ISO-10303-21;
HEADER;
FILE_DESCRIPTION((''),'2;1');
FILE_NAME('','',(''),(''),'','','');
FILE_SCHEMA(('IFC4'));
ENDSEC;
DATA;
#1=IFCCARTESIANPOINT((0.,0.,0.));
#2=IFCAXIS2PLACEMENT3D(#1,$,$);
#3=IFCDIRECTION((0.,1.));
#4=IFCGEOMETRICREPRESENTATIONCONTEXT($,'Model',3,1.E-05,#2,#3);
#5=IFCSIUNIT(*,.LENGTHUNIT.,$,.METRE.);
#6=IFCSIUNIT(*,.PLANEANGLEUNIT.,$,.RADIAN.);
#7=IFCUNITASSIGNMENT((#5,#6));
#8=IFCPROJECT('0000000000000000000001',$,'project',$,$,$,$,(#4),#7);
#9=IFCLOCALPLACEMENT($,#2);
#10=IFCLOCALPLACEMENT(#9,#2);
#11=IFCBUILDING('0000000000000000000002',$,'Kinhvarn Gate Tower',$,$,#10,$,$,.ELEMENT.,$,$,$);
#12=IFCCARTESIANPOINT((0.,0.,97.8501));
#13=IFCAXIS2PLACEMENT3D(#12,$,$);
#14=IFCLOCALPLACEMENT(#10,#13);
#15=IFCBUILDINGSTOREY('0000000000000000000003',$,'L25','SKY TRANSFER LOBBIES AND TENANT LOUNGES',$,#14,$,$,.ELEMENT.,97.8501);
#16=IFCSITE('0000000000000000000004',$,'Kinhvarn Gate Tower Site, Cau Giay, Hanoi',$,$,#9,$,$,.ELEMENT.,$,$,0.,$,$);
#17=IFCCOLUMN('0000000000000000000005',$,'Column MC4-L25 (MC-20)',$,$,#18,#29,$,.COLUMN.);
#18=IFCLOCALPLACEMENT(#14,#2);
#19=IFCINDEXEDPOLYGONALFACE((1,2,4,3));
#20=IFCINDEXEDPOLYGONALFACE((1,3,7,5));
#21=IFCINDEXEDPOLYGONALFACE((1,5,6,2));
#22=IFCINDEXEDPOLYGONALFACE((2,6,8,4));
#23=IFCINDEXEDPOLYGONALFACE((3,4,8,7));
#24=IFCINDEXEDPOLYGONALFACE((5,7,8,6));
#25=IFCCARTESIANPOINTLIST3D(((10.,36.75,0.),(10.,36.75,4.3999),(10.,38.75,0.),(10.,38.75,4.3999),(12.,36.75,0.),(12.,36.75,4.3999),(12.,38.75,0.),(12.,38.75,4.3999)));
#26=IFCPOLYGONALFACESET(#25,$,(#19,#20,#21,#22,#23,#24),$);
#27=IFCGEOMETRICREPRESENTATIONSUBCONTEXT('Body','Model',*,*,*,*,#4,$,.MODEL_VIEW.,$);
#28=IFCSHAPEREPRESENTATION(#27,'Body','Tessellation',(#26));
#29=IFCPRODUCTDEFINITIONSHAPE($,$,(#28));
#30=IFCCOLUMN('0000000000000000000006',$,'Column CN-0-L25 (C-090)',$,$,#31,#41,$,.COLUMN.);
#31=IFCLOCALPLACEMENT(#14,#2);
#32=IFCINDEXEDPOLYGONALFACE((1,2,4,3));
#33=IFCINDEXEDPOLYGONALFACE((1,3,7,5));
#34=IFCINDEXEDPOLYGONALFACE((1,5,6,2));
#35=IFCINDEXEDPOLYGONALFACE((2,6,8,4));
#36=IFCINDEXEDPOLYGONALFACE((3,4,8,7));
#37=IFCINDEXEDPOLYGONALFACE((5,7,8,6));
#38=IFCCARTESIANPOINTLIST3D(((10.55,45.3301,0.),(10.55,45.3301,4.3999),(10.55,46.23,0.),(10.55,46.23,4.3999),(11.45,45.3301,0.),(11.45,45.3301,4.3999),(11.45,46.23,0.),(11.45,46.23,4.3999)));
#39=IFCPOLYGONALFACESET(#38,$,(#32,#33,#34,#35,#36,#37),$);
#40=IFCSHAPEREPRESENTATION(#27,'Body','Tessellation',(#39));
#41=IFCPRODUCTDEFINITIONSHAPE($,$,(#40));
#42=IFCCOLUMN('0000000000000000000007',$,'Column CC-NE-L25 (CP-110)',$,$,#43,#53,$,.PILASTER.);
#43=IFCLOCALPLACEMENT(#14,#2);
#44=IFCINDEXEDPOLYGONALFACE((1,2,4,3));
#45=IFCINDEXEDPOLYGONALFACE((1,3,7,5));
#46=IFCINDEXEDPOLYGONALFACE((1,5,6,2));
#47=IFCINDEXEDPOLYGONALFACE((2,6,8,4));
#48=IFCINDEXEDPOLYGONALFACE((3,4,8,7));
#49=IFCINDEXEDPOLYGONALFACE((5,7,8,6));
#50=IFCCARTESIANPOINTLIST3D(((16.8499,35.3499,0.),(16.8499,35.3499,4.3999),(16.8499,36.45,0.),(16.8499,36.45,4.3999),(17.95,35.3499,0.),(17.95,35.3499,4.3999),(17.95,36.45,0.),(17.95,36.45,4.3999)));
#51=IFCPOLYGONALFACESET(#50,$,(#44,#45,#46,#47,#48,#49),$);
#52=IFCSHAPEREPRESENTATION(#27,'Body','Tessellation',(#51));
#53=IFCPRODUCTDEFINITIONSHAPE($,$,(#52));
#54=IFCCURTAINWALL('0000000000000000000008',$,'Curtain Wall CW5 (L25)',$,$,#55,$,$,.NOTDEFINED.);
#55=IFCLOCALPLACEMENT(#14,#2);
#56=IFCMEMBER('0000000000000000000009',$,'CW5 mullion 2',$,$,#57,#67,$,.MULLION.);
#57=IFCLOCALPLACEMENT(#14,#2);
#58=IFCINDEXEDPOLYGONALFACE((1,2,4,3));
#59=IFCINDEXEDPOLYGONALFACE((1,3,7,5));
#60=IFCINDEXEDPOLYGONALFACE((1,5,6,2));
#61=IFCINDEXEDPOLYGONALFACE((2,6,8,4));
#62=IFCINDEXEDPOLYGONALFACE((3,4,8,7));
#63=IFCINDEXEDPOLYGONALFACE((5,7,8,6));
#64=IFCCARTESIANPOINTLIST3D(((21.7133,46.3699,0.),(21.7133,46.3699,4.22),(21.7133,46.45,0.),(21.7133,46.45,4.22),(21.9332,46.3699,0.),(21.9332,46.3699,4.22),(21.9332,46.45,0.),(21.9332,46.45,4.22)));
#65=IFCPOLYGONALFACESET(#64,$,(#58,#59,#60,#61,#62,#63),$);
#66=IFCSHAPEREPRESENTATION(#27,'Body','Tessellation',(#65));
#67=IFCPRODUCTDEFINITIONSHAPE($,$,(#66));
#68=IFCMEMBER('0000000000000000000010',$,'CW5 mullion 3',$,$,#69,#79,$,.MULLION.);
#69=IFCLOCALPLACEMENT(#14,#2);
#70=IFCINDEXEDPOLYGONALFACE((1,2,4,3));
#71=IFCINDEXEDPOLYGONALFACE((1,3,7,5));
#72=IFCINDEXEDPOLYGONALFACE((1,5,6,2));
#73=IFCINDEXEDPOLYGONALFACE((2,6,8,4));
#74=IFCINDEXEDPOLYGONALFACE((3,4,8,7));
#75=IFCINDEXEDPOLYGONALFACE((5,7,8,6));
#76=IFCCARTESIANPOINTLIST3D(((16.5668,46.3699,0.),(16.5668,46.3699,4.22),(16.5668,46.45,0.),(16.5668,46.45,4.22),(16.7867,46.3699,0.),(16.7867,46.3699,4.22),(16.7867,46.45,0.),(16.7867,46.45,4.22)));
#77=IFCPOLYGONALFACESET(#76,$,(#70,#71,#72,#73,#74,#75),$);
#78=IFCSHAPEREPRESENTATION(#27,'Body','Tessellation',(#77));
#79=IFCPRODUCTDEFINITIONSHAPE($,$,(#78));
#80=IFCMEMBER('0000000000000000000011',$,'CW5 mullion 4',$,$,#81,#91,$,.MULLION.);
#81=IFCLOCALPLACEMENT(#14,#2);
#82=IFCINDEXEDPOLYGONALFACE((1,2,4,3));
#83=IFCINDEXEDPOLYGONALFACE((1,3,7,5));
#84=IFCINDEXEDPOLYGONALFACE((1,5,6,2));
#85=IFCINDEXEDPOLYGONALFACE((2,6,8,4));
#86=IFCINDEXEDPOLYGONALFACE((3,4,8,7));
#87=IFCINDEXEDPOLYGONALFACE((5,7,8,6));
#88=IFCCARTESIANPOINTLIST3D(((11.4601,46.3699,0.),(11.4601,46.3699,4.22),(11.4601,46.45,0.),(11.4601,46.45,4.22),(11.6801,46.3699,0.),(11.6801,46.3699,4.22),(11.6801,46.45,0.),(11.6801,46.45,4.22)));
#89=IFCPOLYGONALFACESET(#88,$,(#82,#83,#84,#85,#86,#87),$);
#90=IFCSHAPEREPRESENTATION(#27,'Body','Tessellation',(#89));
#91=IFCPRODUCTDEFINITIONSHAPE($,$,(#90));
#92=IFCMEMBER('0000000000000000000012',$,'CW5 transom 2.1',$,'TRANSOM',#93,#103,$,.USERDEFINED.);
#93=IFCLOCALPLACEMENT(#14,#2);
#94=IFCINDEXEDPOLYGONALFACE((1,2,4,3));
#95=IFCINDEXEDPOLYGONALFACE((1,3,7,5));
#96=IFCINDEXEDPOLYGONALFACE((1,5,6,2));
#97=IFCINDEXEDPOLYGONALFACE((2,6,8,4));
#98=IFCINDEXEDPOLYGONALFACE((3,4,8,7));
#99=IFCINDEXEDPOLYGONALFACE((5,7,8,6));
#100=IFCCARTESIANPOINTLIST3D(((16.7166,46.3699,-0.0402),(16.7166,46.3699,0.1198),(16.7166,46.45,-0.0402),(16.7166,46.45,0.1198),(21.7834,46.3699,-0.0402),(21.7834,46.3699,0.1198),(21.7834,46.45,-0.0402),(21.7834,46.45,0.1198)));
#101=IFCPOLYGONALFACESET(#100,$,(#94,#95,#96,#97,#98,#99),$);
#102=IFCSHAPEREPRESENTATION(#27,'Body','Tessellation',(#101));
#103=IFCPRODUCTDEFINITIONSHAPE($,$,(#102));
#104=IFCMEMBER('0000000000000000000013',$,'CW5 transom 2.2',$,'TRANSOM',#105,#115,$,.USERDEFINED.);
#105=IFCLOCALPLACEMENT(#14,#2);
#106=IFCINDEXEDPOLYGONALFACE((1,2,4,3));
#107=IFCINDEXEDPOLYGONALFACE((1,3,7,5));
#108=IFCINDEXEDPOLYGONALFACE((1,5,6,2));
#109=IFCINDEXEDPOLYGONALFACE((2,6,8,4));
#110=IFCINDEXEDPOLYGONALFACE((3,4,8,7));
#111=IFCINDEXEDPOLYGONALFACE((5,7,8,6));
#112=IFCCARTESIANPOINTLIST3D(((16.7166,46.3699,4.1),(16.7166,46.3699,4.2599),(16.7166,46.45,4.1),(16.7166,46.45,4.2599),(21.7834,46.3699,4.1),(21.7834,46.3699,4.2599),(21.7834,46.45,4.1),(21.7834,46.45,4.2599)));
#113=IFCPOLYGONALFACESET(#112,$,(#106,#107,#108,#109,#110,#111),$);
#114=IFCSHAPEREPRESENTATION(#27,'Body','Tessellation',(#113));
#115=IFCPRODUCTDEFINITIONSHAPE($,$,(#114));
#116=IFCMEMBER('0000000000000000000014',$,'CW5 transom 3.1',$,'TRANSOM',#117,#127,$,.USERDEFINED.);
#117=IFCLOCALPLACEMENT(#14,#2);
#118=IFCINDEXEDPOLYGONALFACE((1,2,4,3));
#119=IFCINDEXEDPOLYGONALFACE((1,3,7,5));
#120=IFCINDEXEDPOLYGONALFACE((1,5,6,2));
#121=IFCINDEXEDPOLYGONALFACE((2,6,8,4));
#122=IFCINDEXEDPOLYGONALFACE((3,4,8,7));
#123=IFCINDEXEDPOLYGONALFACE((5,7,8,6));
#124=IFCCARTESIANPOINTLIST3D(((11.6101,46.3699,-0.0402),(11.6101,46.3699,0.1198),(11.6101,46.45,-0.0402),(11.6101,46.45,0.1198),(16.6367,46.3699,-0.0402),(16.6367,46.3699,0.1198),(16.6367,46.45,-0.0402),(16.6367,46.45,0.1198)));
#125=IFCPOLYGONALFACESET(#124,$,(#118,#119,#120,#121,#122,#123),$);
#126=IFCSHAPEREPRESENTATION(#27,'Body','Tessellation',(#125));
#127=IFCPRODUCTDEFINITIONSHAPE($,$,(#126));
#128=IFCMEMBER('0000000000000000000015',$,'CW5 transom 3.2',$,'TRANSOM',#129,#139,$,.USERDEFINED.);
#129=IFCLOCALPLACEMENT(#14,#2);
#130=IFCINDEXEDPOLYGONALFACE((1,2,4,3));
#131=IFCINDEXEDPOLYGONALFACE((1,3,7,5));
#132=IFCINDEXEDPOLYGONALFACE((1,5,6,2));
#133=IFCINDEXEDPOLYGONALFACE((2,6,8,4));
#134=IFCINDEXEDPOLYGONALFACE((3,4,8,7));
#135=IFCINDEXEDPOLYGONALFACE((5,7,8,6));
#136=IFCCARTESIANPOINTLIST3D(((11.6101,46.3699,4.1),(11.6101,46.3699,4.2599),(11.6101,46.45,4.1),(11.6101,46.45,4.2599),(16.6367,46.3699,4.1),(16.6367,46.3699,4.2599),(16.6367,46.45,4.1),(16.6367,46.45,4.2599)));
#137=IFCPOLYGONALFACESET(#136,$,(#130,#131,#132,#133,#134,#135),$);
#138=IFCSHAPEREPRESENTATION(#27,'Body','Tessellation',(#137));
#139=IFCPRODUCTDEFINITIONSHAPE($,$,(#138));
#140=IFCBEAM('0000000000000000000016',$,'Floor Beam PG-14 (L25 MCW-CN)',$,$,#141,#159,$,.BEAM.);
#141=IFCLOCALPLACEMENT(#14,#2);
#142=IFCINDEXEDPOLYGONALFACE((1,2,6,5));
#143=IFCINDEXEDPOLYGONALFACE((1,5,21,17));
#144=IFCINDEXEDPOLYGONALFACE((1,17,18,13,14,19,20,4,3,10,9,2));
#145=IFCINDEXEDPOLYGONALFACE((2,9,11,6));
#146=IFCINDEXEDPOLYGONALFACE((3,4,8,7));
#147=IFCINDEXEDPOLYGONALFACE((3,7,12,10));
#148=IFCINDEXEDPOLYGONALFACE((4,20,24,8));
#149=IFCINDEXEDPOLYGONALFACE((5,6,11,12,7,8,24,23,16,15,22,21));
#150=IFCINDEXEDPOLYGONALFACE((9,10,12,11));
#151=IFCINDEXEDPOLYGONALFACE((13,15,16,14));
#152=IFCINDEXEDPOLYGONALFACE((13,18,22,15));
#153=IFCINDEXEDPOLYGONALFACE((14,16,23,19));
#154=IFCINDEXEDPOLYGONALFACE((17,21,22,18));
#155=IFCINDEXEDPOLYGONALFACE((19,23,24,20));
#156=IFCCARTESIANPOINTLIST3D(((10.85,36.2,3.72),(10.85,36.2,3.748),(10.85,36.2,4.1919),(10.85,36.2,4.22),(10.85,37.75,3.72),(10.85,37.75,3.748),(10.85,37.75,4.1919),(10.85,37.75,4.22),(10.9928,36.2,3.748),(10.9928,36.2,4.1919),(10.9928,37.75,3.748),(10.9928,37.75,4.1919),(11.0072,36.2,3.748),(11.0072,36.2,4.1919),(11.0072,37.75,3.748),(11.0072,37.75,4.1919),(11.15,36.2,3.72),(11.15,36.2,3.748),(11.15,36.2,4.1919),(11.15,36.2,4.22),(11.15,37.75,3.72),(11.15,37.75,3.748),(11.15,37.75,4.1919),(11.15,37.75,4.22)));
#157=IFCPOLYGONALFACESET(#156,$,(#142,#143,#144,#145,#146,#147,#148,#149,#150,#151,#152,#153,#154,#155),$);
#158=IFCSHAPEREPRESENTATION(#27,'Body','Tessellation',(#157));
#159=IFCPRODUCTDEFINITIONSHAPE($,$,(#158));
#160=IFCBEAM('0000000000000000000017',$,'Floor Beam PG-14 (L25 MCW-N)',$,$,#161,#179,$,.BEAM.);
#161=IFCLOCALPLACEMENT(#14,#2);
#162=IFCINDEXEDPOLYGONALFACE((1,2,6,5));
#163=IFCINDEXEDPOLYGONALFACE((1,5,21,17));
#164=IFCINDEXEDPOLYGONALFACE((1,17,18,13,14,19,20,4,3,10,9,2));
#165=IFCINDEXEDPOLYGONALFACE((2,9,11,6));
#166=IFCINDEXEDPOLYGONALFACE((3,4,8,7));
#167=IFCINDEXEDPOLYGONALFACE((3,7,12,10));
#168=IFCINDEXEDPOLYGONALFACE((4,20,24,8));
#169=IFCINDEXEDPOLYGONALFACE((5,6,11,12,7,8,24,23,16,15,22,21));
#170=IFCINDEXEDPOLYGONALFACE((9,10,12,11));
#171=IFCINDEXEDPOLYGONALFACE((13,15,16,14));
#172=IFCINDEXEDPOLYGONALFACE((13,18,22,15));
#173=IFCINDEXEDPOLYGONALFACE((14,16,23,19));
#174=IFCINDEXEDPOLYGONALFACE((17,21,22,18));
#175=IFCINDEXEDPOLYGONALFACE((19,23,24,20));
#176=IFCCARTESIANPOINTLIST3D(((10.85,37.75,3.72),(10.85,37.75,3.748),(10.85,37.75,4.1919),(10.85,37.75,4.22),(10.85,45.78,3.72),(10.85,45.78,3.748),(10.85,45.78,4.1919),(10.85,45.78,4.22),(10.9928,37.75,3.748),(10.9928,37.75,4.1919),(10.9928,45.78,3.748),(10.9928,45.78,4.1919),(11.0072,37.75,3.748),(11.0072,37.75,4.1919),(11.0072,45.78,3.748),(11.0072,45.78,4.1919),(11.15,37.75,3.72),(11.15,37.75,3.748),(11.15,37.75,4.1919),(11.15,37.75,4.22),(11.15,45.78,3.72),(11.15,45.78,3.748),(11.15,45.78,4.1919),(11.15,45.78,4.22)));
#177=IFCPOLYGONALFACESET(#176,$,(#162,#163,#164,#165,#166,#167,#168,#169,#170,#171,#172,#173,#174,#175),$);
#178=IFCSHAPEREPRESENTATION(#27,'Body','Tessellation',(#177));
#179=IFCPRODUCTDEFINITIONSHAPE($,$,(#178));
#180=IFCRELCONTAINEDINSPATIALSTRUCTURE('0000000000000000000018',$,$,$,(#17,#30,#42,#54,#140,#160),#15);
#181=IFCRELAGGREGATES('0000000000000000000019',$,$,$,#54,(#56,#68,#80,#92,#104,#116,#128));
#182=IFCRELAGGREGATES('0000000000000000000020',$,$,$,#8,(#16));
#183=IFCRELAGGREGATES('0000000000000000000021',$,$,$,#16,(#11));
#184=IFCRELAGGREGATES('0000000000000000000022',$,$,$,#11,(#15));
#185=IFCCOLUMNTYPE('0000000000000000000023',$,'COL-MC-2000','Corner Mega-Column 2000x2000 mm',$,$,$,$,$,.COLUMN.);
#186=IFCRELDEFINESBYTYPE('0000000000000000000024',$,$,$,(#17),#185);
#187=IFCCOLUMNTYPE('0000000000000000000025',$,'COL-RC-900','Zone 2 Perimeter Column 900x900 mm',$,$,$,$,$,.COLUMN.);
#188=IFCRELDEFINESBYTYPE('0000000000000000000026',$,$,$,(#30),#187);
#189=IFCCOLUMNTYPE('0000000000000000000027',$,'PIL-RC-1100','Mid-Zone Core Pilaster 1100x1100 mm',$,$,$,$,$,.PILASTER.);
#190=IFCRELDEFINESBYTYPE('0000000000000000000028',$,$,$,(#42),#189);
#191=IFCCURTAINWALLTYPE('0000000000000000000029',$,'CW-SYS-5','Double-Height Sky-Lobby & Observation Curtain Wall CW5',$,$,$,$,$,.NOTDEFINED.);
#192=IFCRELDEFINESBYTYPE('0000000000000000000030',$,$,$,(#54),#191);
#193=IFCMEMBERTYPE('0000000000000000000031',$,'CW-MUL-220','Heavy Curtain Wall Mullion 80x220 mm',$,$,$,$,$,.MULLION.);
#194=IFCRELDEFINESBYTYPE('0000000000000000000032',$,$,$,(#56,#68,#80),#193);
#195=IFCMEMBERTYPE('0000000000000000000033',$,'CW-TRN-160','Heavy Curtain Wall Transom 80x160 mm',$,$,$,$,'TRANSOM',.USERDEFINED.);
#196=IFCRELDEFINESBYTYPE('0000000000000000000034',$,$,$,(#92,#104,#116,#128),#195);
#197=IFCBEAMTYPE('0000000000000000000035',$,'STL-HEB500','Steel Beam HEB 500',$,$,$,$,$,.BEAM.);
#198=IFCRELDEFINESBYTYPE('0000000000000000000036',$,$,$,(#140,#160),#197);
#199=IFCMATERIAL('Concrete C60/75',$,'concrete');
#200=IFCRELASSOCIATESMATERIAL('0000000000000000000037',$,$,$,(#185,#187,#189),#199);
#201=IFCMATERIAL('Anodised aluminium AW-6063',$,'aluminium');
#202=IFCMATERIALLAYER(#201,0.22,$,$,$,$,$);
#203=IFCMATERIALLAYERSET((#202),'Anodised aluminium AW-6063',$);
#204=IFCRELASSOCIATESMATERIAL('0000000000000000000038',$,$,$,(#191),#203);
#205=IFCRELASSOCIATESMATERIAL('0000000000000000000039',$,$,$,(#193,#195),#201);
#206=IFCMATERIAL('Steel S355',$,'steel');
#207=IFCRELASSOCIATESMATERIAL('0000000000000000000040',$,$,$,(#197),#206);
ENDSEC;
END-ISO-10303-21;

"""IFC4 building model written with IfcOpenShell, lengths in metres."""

from ifc_helpers import new_model, si_unit, direction, frame, origin, origin_2d, place, context, subcontext, project, spatial, rectangle, i_section, extrude, material, layer, layer_set, material_profile, profile_set, type_object, element, aggregate, save


model = new_model("IFC4")

# Units and contexts
model_context = context("Model", 3, precision=1e-05, world=origin(), true_north=direction((0.0, 1.0)))
body_context = subcontext(model_context, "Body", "Model", "MODEL_VIEW")
ifc_project = project(units=[si_unit("LENGTHUNIT", "METRE"), si_unit("PLANEANGLEUNIT", "RADIAN")], contexts=[model_context])

# Site, building, storey
site_placement = place(None, origin())
site = spatial("IfcSite", under=ifc_project, at=site_placement, Name="Kinhvarn Gate Tower Site, Cau Giay, Hanoi", CompositionType="ELEMENT", RefElevation=0.0)
building_placement = place(site_placement, origin())
building = spatial("IfcBuilding", under=site, at=building_placement, Name="Kinhvarn Gate Tower", CompositionType="ELEMENT")
storey_placement = place(building_placement, frame((0.0, 0.0, 97.8501)))
storey = spatial("IfcBuildingStorey", under=building, at=storey_placement, Name="L25", Description="SKY TRANSFER LOBBIES AND TENANT LOUNGES", CompositionType="ELEMENT", Elevation=97.8501)

# Columns
ifc_material_1 = material(Name="Concrete C60/75", Category="concrete")
ifc_material_profile_1 = material_profile(ifc_material_1, rectangle(XDim=2.0, YDim=2.0, at=origin_2d()), Name="RC 2000x2000")
ifc_profile_set_1 = profile_set([ifc_material_profile_1], Name="Concrete C60/75")
column_type_1 = type_object("IfcColumnType", Name="COL-MC-2000", Description="Corner Mega-Column 2000x2000 mm", PredefinedType="COLUMN", material=ifc_profile_set_1)
column_1_placement = place(storey_placement, frame((11.0, 37.75, 0.0), z_axis=(0.0, 0.0, 1.0), x_axis=(1.0, 0.0, 0.0)))
element("IfcColumn", 1, at=column_1_placement, inside=storey, type_object=column_type_1, Name="Column MC4-L25 (MC-20)", PredefinedType="COLUMN", context=body_context, shape_type="SweptSolid", body=[
    extrude(rectangle(XDim=2.0, YDim=2.0, at=origin_2d()), origin(), (0.0, 0.0, 1.0), 4.3999),
])
ifc_material_profile_2 = material_profile(ifc_material_1, rectangle(XDim=0.8999, YDim=0.8999, at=origin_2d()), Name="RC 900x900")
ifc_profile_set_2 = profile_set([ifc_material_profile_2], Name="Concrete C60/75")
column_type_2 = type_object("IfcColumnType", Name="COL-RC-900", Description="Zone 2 Perimeter Column 900x900 mm", PredefinedType="COLUMN", material=ifc_profile_set_2)
column_2_placement = place(storey_placement, frame((11.0, 45.78, 0.0), z_axis=(0.0, 0.0, 1.0), x_axis=(1.0, 0.0, 0.0)))
element("IfcColumn", 2, at=column_2_placement, inside=storey, type_object=column_type_2, Name="Column CN-0-L25 (C-090)", PredefinedType="COLUMN", context=body_context, shape_type="SweptSolid", body=[
    extrude(rectangle(XDim=0.8999, YDim=0.8999, at=origin_2d()), origin(), (0.0, 0.0, 1.0), 4.3999),
])
ifc_material_profile_3 = material_profile(ifc_material_1, rectangle(XDim=1.1001, YDim=1.1001, at=origin_2d()), Name="RC 1100x1100")
ifc_profile_set_3 = profile_set([ifc_material_profile_3], Name="Concrete C60/75")
column_type_3 = type_object("IfcColumnType", Name="PIL-RC-1100", Description="Mid-Zone Core Pilaster 1100x1100 mm", PredefinedType="PILASTER", material=ifc_profile_set_3)
column_3_placement = place(storey_placement, frame((17.3999, 35.8999, 0.0), z_axis=(0.0, 0.0, 1.0), x_axis=(1.0, 0.0, 0.0)))
element("IfcColumn", 3, at=column_3_placement, inside=storey, type_object=column_type_3, Name="Column CC-NE-L25 (CP-110)", PredefinedType="PILASTER", context=body_context, shape_type="SweptSolid", body=[
    extrude(rectangle(XDim=1.1001, YDim=1.1001, at=origin_2d()), origin(), (0.0, 0.0, 1.0), 4.3999),
])

# Curtain wall, members
ifc_material_2 = material(Name="Anodised aluminium AW-6063", Category="aluminium")
ifc_layer_1 = layer(ifc_material_2, 0.22)
ifc_layer_set_1 = layer_set([ifc_layer_1], Name="Anodised aluminium AW-6063")
curtain_wall_type = type_object("IfcCurtainWallType", Name="CW-SYS-5", Description="Double-Height Sky-Lobby & Observation Curtain Wall CW5", PredefinedType="NOTDEFINED", material=ifc_layer_set_1)
curtain_wall_placement = place(storey_placement, origin())
curtain_wall = element("IfcCurtainWall", 4, at=curtain_wall_placement, inside=storey, type_object=curtain_wall_type, Name="Curtain Wall CW5 (L25)", PredefinedType="NOTDEFINED")
ifc_material_profile_4 = material_profile(ifc_material_2, rectangle(XDim=0.0801, YDim=0.22, at=origin_2d()), Name="ALU 80x220")
ifc_profile_set_4 = profile_set([ifc_material_profile_4], Name="Anodised aluminium AW-6063")
member_type_1 = type_object("IfcMemberType", Name="CW-MUL-220", Description="Heavy Curtain Wall Mullion 80x220 mm", PredefinedType="MULLION", material=ifc_profile_set_4)
member_1_placement = place(storey_placement, frame((21.8232, 46.4099, 0.0), z_axis=(0.0, 0.0, 1.0), x_axis=(0.0, -1.0, 0.0)))
member_1 = element("IfcMember", 5, at=member_1_placement, type_object=member_type_1, Name="CW5 mullion 2", PredefinedType="MULLION", context=body_context, shape_type="SweptSolid", body=[
    extrude(rectangle(XDim=0.0801, YDim=0.22, at=origin_2d()), origin(), (0.0, 0.0, 1.0), 4.22),
])
member_2_placement = place(storey_placement, frame((16.6768, 46.4099, 0.0), z_axis=(0.0, 0.0, 1.0), x_axis=(0.0, -1.0, 0.0)))
member_2 = element("IfcMember", 6, at=member_2_placement, type_object=member_type_1, Name="CW5 mullion 3", PredefinedType="MULLION", context=body_context, shape_type="SweptSolid", body=[
    extrude(rectangle(XDim=0.0801, YDim=0.22, at=origin_2d()), origin(), (0.0, 0.0, 1.0), 4.22),
])
member_3_placement = place(storey_placement, frame((11.5701, 46.4099, 0.0), z_axis=(0.0, 0.0, 1.0), x_axis=(0.0, -1.0, 0.0)))
member_3 = element("IfcMember", 7, at=member_3_placement, type_object=member_type_1, Name="CW5 mullion 4", PredefinedType="MULLION", context=body_context, shape_type="SweptSolid", body=[
    extrude(rectangle(XDim=0.0801, YDim=0.22, at=origin_2d()), origin(), (0.0, 0.0, 1.0), 4.22),
])
ifc_material_profile_5 = material_profile(ifc_material_2, rectangle(XDim=0.0801, YDim=0.1599, at=origin_2d()), Name="ALU 80x160")
ifc_profile_set_5 = profile_set([ifc_material_profile_5], Name="Anodised aluminium AW-6063")
member_type_2 = type_object("IfcMemberType", Name="CW-TRN-160", Description="Heavy Curtain Wall Transom 80x160 mm", ElementType="TRANSOM", PredefinedType="USERDEFINED", material=ifc_profile_set_5)
member_4_placement = place(storey_placement, frame((21.7834, 46.4099, 0.0398), z_axis=(-1.0, 0.0, 0.0), x_axis=(0.0, -1.0, 0.0)))
member_4 = element("IfcMember", 8, at=member_4_placement, type_object=member_type_2, Name="CW5 transom 2.1", ObjectType="TRANSOM", PredefinedType="USERDEFINED", context=body_context, shape_type="SweptSolid", body=[
    extrude(rectangle(XDim=0.0801, YDim=0.1599, at=origin_2d()), origin(), (0.0, 0.0, 1.0), 5.0669),
])
member_5_placement = place(storey_placement, frame((21.7834, 46.4099, 4.1799), z_axis=(-1.0, 0.0, 0.0), x_axis=(0.0, -1.0, 0.0)))
member_5 = element("IfcMember", 9, at=member_5_placement, type_object=member_type_2, Name="CW5 transom 2.2", ObjectType="TRANSOM", PredefinedType="USERDEFINED", context=body_context, shape_type="SweptSolid", body=[
    extrude(rectangle(XDim=0.0801, YDim=0.1599, at=origin_2d()), origin(), (0.0, 0.0, 1.0), 5.0669),
])
member_6_placement = place(storey_placement, frame((16.6367, 46.4099, 0.0398), z_axis=(-1.0, 0.0, 0.0), x_axis=(0.0, -1.0, 0.0)))
member_6 = element("IfcMember", 10, at=member_6_placement, type_object=member_type_2, Name="CW5 transom 3.1", ObjectType="TRANSOM", PredefinedType="USERDEFINED", context=body_context, shape_type="SweptSolid", body=[
    extrude(rectangle(XDim=0.0801, YDim=0.1599, at=origin_2d()), origin(), (0.0, 0.0, 1.0), 5.0266),
])
member_7_placement = place(storey_placement, frame((16.6367, 46.4099, 4.1799), z_axis=(-1.0, 0.0, 0.0), x_axis=(0.0, -1.0, 0.0)))
member_7 = element("IfcMember", 11, at=member_7_placement, type_object=member_type_2, Name="CW5 transom 3.2", ObjectType="TRANSOM", PredefinedType="USERDEFINED", context=body_context, shape_type="SweptSolid", body=[
    extrude(rectangle(XDim=0.0801, YDim=0.1599, at=origin_2d()), origin(), (0.0, 0.0, 1.0), 5.0266),
])

# Beams
ifc_material_3 = material(Name="Steel S355", Category="steel")
ifc_material_profile_6 = material_profile(ifc_material_3, i_section(OverallWidth=0.3, OverallDepth=0.5, WebThickness=0.0144, FlangeThickness=0.0281, at=origin_2d()), Name="HEB 500")
ifc_profile_set_6 = profile_set([ifc_material_profile_6], Name="Steel S355")
beam_type_1 = type_object("IfcBeamType", Name="STL-HEB500", Description="Steel Beam HEB 500", PredefinedType="BEAM", material=ifc_profile_set_6)
beam_1_placement = place(storey_placement, frame((11.0, 36.2, 3.97), z_axis=(0.0, 1.0, 0.0), x_axis=(-1.0, 0.0, 0.0)))
element("IfcBeam", 12, at=beam_1_placement, inside=storey, type_object=beam_type_1, Name="Floor Beam PG-14 (L25 MCW-CN)", PredefinedType="BEAM", context=body_context, shape_type="SweptSolid", body=[
    extrude(i_section(OverallWidth=0.3, OverallDepth=0.5, WebThickness=0.0144, FlangeThickness=0.0281, at=origin_2d()), origin(), (0.0, 0.0, 1.0), 1.55),
])
beam_2_placement = place(storey_placement, frame((11.0, 37.75, 3.97), z_axis=(0.0, 1.0, 0.0), x_axis=(-1.0, 0.0, 0.0)))
element("IfcBeam", 13, at=beam_2_placement, inside=storey, type_object=beam_type_1, Name="Floor Beam PG-14 (L25 MCW-N)", PredefinedType="BEAM", context=body_context, shape_type="SweptSolid", body=[
    extrude(i_section(OverallWidth=0.3, OverallDepth=0.5, WebThickness=0.0144, FlangeThickness=0.0281, at=origin_2d()), origin(), (0.0, 0.0, 1.0), 8.03),
])

aggregate(curtain_wall, [member_1, member_2, member_3, member_4, member_5, member_6, member_7])

save(model, "model.ifc")
